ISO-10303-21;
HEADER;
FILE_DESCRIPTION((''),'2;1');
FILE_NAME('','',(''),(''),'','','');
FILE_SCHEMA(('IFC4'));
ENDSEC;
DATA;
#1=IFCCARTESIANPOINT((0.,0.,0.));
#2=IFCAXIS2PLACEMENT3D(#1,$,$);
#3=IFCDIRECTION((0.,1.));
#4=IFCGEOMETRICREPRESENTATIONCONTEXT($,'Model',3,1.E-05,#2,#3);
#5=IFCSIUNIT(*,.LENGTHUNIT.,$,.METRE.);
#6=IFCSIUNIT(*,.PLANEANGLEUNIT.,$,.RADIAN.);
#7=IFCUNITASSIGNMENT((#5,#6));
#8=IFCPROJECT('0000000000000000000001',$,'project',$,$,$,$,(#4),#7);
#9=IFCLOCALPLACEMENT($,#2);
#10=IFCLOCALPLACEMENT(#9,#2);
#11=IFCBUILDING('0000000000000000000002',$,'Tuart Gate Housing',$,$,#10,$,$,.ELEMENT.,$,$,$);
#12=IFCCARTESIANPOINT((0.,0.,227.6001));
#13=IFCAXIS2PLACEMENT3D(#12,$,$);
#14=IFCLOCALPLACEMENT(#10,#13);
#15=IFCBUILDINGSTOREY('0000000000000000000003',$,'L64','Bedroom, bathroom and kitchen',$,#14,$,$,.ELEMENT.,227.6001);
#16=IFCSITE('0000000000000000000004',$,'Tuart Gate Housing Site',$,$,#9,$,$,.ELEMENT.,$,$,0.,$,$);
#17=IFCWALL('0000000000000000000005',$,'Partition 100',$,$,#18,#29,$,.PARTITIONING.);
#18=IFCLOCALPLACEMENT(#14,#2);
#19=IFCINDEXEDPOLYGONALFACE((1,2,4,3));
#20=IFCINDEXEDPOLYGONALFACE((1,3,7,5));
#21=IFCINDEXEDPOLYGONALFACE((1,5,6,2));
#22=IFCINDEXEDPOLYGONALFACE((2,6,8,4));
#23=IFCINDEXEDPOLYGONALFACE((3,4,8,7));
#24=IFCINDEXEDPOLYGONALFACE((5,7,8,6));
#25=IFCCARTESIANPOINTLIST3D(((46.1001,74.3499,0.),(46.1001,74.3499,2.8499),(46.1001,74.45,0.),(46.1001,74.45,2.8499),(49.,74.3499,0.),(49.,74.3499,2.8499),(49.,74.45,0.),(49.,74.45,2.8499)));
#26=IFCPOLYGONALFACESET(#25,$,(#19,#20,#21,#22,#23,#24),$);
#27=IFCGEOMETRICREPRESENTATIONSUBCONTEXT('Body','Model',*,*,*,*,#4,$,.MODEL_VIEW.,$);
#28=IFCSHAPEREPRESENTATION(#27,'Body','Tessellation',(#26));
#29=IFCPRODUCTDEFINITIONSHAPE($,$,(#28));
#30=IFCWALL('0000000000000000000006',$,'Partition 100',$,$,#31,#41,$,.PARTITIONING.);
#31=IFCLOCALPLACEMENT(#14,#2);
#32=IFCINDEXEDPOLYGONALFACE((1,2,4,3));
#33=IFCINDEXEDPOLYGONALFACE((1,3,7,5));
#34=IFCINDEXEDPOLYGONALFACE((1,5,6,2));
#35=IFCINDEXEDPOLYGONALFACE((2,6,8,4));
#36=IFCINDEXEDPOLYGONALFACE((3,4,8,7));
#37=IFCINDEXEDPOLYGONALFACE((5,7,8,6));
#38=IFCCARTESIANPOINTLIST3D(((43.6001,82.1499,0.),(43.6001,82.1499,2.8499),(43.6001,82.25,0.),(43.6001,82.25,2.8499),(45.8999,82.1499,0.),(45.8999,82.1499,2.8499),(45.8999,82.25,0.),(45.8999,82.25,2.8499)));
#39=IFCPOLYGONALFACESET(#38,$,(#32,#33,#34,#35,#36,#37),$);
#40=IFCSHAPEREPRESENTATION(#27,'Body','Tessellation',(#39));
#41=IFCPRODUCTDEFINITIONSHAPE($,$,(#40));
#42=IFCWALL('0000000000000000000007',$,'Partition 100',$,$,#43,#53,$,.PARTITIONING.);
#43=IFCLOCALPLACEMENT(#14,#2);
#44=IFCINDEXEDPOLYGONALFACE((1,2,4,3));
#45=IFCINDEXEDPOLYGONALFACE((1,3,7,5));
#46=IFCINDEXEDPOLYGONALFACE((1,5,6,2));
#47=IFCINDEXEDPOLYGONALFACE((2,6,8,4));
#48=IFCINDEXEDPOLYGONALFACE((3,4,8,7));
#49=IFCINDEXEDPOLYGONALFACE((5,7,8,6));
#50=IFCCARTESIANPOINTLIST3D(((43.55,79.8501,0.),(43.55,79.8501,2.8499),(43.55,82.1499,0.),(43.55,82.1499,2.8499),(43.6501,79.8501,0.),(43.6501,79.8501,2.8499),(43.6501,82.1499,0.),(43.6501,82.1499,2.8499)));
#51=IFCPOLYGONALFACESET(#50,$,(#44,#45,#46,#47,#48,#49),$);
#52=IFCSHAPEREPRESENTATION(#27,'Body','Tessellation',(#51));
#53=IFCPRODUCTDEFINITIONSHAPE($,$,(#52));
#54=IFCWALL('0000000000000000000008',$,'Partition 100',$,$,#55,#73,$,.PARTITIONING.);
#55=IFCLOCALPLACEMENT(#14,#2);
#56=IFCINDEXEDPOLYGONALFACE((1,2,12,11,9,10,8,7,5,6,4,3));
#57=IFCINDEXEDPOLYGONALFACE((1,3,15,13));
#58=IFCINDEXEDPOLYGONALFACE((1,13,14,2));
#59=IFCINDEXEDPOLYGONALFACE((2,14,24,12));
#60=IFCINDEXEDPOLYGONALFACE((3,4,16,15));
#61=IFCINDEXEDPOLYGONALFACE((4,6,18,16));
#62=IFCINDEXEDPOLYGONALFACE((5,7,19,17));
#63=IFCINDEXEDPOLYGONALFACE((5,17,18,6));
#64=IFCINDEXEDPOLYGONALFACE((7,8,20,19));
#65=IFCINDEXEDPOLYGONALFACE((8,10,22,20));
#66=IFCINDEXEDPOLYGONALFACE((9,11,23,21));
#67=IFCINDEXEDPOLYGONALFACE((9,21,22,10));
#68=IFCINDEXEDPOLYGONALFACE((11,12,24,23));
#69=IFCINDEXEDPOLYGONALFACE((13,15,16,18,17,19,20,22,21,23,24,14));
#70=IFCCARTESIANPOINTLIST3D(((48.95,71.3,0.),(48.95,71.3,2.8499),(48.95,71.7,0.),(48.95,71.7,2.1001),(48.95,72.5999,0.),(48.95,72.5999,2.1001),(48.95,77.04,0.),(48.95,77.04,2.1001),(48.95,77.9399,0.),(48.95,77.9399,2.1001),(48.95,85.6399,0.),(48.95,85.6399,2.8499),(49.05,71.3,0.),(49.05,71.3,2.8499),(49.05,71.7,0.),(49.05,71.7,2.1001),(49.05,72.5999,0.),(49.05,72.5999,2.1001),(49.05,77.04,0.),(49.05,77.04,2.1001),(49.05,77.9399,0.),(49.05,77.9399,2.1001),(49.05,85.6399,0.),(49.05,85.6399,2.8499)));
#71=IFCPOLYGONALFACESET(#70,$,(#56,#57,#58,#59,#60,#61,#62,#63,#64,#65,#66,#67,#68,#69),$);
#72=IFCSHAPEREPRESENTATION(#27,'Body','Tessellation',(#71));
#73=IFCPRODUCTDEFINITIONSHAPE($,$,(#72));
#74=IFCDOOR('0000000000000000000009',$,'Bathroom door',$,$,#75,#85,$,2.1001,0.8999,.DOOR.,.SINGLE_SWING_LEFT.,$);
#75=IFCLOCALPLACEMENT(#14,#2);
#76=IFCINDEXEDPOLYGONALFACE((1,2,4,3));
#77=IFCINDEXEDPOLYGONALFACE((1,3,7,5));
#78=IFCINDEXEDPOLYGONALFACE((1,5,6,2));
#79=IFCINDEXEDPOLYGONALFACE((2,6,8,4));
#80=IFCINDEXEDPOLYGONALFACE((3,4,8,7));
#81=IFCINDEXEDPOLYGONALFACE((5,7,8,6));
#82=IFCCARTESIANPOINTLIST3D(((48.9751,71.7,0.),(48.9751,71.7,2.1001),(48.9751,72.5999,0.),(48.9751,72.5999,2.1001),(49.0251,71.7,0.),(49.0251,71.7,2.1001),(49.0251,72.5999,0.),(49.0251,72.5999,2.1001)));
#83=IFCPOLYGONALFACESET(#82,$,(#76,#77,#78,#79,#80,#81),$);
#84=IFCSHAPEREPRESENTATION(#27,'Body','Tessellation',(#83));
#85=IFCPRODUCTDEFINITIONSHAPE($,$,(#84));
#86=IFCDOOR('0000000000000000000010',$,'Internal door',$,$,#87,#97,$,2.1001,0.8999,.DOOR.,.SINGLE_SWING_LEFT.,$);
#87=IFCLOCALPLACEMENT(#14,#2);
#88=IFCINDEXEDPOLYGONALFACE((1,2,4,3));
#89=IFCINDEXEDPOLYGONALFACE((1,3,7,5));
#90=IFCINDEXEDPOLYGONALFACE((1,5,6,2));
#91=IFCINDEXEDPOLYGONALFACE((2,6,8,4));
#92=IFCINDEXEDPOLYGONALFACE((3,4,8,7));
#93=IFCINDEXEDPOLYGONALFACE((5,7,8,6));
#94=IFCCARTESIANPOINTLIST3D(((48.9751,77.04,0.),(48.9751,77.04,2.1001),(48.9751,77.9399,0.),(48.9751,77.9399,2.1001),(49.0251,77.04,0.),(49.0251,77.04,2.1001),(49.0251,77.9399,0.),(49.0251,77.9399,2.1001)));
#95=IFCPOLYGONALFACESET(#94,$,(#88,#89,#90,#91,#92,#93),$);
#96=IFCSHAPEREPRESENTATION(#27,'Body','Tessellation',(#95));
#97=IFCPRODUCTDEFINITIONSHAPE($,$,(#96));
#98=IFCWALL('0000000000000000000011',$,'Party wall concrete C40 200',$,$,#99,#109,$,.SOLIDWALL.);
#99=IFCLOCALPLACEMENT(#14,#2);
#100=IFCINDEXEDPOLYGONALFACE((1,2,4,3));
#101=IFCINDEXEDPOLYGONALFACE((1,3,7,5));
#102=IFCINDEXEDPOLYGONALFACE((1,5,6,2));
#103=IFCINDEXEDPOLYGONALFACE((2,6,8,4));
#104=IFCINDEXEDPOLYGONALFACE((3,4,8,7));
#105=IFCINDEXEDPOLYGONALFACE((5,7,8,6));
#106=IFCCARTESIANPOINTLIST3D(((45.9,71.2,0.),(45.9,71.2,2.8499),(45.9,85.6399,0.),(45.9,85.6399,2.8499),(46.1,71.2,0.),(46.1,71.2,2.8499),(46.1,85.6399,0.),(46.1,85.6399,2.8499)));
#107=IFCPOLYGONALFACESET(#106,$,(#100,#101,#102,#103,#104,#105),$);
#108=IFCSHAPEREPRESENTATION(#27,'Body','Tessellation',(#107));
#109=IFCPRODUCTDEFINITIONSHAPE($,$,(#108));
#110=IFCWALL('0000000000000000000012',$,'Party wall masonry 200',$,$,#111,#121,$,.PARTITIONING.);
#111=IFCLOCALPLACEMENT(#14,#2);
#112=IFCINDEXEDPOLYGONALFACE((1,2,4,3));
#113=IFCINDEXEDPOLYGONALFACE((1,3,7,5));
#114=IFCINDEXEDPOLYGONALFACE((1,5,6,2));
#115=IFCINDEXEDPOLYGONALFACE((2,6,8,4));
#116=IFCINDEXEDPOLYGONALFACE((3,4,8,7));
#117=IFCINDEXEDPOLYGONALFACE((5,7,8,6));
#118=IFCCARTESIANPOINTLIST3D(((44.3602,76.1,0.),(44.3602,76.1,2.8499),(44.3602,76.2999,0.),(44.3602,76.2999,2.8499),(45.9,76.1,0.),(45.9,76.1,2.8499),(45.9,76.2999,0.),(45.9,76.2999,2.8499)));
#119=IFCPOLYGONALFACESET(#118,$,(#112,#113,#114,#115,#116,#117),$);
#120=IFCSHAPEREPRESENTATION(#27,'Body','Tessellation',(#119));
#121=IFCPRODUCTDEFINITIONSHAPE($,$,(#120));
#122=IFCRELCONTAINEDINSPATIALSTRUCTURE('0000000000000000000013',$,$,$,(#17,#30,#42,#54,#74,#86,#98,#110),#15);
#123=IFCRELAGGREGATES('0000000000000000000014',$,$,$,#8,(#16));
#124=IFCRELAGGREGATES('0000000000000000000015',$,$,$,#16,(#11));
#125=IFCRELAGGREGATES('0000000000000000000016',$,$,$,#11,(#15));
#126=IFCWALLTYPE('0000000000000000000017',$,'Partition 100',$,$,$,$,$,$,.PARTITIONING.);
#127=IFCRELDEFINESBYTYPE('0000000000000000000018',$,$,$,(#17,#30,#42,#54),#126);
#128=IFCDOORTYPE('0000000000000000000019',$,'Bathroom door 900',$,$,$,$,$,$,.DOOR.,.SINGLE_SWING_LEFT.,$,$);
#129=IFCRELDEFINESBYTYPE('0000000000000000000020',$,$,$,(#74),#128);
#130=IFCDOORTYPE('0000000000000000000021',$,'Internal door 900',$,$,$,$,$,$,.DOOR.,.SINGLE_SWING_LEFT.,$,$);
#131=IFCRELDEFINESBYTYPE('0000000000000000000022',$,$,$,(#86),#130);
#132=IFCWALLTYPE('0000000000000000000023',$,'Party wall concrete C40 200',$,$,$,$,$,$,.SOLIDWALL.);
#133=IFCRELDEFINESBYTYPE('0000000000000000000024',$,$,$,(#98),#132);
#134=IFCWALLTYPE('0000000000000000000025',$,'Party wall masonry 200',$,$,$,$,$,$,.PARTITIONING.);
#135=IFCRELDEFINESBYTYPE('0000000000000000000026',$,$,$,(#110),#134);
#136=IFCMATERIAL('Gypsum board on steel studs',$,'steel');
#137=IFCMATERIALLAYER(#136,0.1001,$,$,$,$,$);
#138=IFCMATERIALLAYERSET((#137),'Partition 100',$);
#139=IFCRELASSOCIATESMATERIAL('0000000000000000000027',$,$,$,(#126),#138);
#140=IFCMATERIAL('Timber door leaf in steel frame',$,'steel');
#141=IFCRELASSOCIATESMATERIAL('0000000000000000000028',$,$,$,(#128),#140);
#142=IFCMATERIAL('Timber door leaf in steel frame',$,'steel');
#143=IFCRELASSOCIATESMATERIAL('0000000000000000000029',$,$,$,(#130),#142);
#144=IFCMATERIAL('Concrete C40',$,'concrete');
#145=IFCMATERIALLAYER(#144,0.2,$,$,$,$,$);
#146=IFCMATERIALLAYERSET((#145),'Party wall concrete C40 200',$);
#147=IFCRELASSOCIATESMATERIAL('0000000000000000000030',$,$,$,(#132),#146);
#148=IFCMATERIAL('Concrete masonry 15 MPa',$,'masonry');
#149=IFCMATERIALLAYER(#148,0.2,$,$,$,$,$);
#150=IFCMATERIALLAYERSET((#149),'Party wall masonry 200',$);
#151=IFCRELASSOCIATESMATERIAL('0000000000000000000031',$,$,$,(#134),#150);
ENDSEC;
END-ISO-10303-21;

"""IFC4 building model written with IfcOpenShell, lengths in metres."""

from ifc_helpers import new_model, si_unit, direction, frame, frame_2d, origin, place, context, subcontext, project, spatial, rectangle, extrude, material, layer, layer_set, type_object, element, fill, save


model = new_model("IFC4")

# Units and contexts
model_context = context("Model", 3, precision=1e-05, world=origin(), true_north=direction((0.0, 1.0)))
body_context = subcontext(model_context, "Body", "Model", "MODEL_VIEW")
ifc_project = project(units=[si_unit("LENGTHUNIT", "METRE"), si_unit("PLANEANGLEUNIT", "RADIAN")], contexts=[model_context])

# Site, building, storey
site_placement = place(None, origin())
site = spatial("IfcSite", under=ifc_project, at=site_placement, Name="Tuart Gate Housing Site", CompositionType="ELEMENT", RefElevation=0.0)
building_placement = place(site_placement, origin())
building = spatial("IfcBuilding", under=site, at=building_placement, Name="Tuart Gate Housing", CompositionType="ELEMENT")
storey_placement = place(building_placement, frame((0.0, 0.0, 227.6001)))
storey = spatial("IfcBuildingStorey", under=building, at=storey_placement, Name="L64", Description="Bedroom, bathroom and kitchen", CompositionType="ELEMENT", Elevation=227.6001)

# Walls
ifc_material_1 = material(Name="Gypsum board on steel studs", Category="steel")
ifc_layer_1 = layer(ifc_material_1, 0.1001)
ifc_layer_set_1 = layer_set([ifc_layer_1], Name="Partition 100")
wall_type_1 = type_object("IfcWallType", Name="Partition 100", PredefinedType="PARTITIONING", material=ifc_layer_set_1)
for number, where, z_axis, x_axis, name in (
    (1, (46.1001, 74.3999, 0.0), (0.0, 0.0, 1.0), (1.0, 0.0, 0.0), "Partition 100"),
):
    element("IfcWall", number, at=place(storey_placement, frame(where, z_axis=z_axis, x_axis=x_axis)), inside=storey, type_object=wall_type_1, Name=name, PredefinedType="PARTITIONING", context=body_context, shape_type="SweptSolid", body=[
        extrude(rectangle(XDim=2.8999, YDim=0.1001, at=frame_2d((1.45, 0.0))), origin(), (0.0, 0.0, 1.0), 2.8499),
    ])
for number, where, z_axis, x_axis, name in (
    (2, (43.6001, 82.2, 0.0), (0.0, 0.0, 1.0), (1.0, 0.0, 0.0), "Partition 100"),
    (3, (43.6001, 79.8501, 0.0), (0.0, 0.0, 1.0), (0.0, 1.0, 0.0), "Partition 100"),
):
    element("IfcWall", number, at=place(storey_placement, frame(where, z_axis=z_axis, x_axis=x_axis)), inside=storey, type_object=wall_type_1, Name=name, PredefinedType="PARTITIONING", context=body_context, shape_type="SweptSolid", body=[
        extrude(rectangle(XDim=2.2998, YDim=0.1001, at=frame_2d((1.1499, 0.0))), origin(), (0.0, 0.0, 1.0), 2.8499),
    ])

# Wall, openings, doors
wall_1_placement = place(storey_placement, frame((49.0, 71.3, 0.0), z_axis=(0.0, 0.0, 1.0), x_axis=(0.0, 1.0, 0.0)))
wall_1 = element("IfcWall", 4, at=wall_1_placement, inside=storey, type_object=wall_type_1, Name="Partition 100", PredefinedType="PARTITIONING", context=body_context, shape_type="SweptSolid", body=[
    extrude(rectangle(XDim=14.3398, YDim=0.1001, at=frame_2d((7.1699, 0.0))), origin(), (0.0, 0.0, 1.0), 2.8499),
])
opening_1_placement = place(wall_1_placement, frame((5.74, 0.0, 0.0)))
opening_1 = element("IfcOpeningElement", 5, at=opening_1_placement, cuts=wall_1, PredefinedType="OPENING", context=body_context, shape_type="SweptSolid", body=[
    extrude(rectangle(XDim=0.8999, YDim=2.1001, at=frame_2d((0.45, 1.05))), frame((0.0, 0.0601, 0.0), z_axis=(0.0, -1.0, 0.0), x_axis=(1.0, 0.0, 0.0)), (0.0, 0.0, 1.0), 0.1201),
])
opening_2_placement = place(wall_1_placement, frame((0.3999, 0.0, 0.0)))
opening_2 = element("IfcOpeningElement", 6, at=opening_2_placement, cuts=wall_1, PredefinedType="OPENING", context=body_context, shape_type="SweptSolid", body=[
    extrude(rectangle(XDim=0.8999, YDim=2.1001, at=frame_2d((0.45, 1.05))), frame((0.0, 0.0601, 0.0), z_axis=(0.0, -1.0, 0.0), x_axis=(1.0, 0.0, 0.0)), (0.0, 0.0, 1.0), 0.1201),
])
ifc_material_2 = material(Name="Timber door leaf in steel frame", Category="steel")
door_type_1 = type_object("IfcDoorType", Name="Bathroom door 900", OperationType="SINGLE_SWING_LEFT", PredefinedType="DOOR", material=ifc_material_2)
door_1_placement = place(opening_2_placement, origin())
door_1 = element("IfcDoor", 7, at=door_1_placement, inside=storey, type_object=door_type_1, Name="Bathroom door", OperationType="SINGLE_SWING_LEFT", OverallHeight=2.1001, OverallWidth=0.8999, PredefinedType="DOOR", context=body_context, shape_type="SweptSolid", body=[
    extrude(rectangle(XDim=0.8999, YDim=2.1001, at=frame_2d((0.45, 1.05))), frame((0.0, 0.0249, 0.0), z_axis=(0.0, -1.0, 0.0), x_axis=(1.0, 0.0, 0.0)), (0.0, 0.0, 1.0), 0.05),
])
fill(opening_2, door_1)
ifc_material_3 = material(Name="Timber door leaf in steel frame", Category="steel")
door_type_2 = type_object("IfcDoorType", Name="Internal door 900", OperationType="SINGLE_SWING_LEFT", PredefinedType="DOOR", material=ifc_material_3)
door_2_placement = place(opening_1_placement, origin())
door_2 = element("IfcDoor", 8, at=door_2_placement, inside=storey, type_object=door_type_2, Name="Internal door", OperationType="SINGLE_SWING_LEFT", OverallHeight=2.1001, OverallWidth=0.8999, PredefinedType="DOOR", context=body_context, shape_type="SweptSolid", body=[
    extrude(rectangle(XDim=0.8999, YDim=2.1001, at=frame_2d((0.45, 1.05))), frame((0.0, 0.0249, 0.0), z_axis=(0.0, -1.0, 0.0), x_axis=(1.0, 0.0, 0.0)), (0.0, 0.0, 1.0), 0.05),
])
fill(opening_1, door_2)

# Walls
ifc_material_4 = material(Name="Concrete C40", Category="concrete")
ifc_layer_2 = layer(ifc_material_4, 0.2)
ifc_layer_set_2 = layer_set([ifc_layer_2], Name="Party wall concrete C40 200")
wall_type_2 = type_object("IfcWallType", Name="Party wall concrete C40 200", PredefinedType="SOLIDWALL", material=ifc_layer_set_2)
wall_2_placement = place(storey_placement, frame((46.0, 71.2, 0.0), z_axis=(0.0, 0.0, 1.0), x_axis=(0.0, 1.0, 0.0)))
element("IfcWall", 9, at=wall_2_placement, inside=storey, type_object=wall_type_2, Name="Party wall concrete C40 200", PredefinedType="SOLIDWALL", context=body_context, shape_type="SweptSolid", body=[
    extrude(rectangle(XDim=14.4399, YDim=0.2, at=frame_2d((7.22, 0.0))), origin(), (0.0, 0.0, 1.0), 2.8499),
])
ifc_material_5 = material(Name="Concrete masonry 15 MPa", Category="masonry")
ifc_layer_3 = layer(ifc_material_5, 0.2)
ifc_layer_set_3 = layer_set([ifc_layer_3], Name="Party wall masonry 200")
wall_type_3 = type_object("IfcWallType", Name="Party wall masonry 200", PredefinedType="PARTITIONING", material=ifc_layer_set_3)
wall_3_placement = place(storey_placement, frame((44.3601, 76.2, 0.0), z_axis=(0.0, 0.0, 1.0), x_axis=(1.0, 0.0, 0.0)))
element("IfcWall", 10, at=wall_3_placement, inside=storey, type_object=wall_type_3, Name="Party wall masonry 200", PredefinedType="PARTITIONING", context=body_context, shape_type="SweptSolid", body=[
    extrude(rectangle(XDim=1.5398, YDim=0.2, at=frame_2d((0.77, 0.0))), origin(), (0.0, 0.0, 1.0), 2.8499),
])

save(model, "model.ifc")
